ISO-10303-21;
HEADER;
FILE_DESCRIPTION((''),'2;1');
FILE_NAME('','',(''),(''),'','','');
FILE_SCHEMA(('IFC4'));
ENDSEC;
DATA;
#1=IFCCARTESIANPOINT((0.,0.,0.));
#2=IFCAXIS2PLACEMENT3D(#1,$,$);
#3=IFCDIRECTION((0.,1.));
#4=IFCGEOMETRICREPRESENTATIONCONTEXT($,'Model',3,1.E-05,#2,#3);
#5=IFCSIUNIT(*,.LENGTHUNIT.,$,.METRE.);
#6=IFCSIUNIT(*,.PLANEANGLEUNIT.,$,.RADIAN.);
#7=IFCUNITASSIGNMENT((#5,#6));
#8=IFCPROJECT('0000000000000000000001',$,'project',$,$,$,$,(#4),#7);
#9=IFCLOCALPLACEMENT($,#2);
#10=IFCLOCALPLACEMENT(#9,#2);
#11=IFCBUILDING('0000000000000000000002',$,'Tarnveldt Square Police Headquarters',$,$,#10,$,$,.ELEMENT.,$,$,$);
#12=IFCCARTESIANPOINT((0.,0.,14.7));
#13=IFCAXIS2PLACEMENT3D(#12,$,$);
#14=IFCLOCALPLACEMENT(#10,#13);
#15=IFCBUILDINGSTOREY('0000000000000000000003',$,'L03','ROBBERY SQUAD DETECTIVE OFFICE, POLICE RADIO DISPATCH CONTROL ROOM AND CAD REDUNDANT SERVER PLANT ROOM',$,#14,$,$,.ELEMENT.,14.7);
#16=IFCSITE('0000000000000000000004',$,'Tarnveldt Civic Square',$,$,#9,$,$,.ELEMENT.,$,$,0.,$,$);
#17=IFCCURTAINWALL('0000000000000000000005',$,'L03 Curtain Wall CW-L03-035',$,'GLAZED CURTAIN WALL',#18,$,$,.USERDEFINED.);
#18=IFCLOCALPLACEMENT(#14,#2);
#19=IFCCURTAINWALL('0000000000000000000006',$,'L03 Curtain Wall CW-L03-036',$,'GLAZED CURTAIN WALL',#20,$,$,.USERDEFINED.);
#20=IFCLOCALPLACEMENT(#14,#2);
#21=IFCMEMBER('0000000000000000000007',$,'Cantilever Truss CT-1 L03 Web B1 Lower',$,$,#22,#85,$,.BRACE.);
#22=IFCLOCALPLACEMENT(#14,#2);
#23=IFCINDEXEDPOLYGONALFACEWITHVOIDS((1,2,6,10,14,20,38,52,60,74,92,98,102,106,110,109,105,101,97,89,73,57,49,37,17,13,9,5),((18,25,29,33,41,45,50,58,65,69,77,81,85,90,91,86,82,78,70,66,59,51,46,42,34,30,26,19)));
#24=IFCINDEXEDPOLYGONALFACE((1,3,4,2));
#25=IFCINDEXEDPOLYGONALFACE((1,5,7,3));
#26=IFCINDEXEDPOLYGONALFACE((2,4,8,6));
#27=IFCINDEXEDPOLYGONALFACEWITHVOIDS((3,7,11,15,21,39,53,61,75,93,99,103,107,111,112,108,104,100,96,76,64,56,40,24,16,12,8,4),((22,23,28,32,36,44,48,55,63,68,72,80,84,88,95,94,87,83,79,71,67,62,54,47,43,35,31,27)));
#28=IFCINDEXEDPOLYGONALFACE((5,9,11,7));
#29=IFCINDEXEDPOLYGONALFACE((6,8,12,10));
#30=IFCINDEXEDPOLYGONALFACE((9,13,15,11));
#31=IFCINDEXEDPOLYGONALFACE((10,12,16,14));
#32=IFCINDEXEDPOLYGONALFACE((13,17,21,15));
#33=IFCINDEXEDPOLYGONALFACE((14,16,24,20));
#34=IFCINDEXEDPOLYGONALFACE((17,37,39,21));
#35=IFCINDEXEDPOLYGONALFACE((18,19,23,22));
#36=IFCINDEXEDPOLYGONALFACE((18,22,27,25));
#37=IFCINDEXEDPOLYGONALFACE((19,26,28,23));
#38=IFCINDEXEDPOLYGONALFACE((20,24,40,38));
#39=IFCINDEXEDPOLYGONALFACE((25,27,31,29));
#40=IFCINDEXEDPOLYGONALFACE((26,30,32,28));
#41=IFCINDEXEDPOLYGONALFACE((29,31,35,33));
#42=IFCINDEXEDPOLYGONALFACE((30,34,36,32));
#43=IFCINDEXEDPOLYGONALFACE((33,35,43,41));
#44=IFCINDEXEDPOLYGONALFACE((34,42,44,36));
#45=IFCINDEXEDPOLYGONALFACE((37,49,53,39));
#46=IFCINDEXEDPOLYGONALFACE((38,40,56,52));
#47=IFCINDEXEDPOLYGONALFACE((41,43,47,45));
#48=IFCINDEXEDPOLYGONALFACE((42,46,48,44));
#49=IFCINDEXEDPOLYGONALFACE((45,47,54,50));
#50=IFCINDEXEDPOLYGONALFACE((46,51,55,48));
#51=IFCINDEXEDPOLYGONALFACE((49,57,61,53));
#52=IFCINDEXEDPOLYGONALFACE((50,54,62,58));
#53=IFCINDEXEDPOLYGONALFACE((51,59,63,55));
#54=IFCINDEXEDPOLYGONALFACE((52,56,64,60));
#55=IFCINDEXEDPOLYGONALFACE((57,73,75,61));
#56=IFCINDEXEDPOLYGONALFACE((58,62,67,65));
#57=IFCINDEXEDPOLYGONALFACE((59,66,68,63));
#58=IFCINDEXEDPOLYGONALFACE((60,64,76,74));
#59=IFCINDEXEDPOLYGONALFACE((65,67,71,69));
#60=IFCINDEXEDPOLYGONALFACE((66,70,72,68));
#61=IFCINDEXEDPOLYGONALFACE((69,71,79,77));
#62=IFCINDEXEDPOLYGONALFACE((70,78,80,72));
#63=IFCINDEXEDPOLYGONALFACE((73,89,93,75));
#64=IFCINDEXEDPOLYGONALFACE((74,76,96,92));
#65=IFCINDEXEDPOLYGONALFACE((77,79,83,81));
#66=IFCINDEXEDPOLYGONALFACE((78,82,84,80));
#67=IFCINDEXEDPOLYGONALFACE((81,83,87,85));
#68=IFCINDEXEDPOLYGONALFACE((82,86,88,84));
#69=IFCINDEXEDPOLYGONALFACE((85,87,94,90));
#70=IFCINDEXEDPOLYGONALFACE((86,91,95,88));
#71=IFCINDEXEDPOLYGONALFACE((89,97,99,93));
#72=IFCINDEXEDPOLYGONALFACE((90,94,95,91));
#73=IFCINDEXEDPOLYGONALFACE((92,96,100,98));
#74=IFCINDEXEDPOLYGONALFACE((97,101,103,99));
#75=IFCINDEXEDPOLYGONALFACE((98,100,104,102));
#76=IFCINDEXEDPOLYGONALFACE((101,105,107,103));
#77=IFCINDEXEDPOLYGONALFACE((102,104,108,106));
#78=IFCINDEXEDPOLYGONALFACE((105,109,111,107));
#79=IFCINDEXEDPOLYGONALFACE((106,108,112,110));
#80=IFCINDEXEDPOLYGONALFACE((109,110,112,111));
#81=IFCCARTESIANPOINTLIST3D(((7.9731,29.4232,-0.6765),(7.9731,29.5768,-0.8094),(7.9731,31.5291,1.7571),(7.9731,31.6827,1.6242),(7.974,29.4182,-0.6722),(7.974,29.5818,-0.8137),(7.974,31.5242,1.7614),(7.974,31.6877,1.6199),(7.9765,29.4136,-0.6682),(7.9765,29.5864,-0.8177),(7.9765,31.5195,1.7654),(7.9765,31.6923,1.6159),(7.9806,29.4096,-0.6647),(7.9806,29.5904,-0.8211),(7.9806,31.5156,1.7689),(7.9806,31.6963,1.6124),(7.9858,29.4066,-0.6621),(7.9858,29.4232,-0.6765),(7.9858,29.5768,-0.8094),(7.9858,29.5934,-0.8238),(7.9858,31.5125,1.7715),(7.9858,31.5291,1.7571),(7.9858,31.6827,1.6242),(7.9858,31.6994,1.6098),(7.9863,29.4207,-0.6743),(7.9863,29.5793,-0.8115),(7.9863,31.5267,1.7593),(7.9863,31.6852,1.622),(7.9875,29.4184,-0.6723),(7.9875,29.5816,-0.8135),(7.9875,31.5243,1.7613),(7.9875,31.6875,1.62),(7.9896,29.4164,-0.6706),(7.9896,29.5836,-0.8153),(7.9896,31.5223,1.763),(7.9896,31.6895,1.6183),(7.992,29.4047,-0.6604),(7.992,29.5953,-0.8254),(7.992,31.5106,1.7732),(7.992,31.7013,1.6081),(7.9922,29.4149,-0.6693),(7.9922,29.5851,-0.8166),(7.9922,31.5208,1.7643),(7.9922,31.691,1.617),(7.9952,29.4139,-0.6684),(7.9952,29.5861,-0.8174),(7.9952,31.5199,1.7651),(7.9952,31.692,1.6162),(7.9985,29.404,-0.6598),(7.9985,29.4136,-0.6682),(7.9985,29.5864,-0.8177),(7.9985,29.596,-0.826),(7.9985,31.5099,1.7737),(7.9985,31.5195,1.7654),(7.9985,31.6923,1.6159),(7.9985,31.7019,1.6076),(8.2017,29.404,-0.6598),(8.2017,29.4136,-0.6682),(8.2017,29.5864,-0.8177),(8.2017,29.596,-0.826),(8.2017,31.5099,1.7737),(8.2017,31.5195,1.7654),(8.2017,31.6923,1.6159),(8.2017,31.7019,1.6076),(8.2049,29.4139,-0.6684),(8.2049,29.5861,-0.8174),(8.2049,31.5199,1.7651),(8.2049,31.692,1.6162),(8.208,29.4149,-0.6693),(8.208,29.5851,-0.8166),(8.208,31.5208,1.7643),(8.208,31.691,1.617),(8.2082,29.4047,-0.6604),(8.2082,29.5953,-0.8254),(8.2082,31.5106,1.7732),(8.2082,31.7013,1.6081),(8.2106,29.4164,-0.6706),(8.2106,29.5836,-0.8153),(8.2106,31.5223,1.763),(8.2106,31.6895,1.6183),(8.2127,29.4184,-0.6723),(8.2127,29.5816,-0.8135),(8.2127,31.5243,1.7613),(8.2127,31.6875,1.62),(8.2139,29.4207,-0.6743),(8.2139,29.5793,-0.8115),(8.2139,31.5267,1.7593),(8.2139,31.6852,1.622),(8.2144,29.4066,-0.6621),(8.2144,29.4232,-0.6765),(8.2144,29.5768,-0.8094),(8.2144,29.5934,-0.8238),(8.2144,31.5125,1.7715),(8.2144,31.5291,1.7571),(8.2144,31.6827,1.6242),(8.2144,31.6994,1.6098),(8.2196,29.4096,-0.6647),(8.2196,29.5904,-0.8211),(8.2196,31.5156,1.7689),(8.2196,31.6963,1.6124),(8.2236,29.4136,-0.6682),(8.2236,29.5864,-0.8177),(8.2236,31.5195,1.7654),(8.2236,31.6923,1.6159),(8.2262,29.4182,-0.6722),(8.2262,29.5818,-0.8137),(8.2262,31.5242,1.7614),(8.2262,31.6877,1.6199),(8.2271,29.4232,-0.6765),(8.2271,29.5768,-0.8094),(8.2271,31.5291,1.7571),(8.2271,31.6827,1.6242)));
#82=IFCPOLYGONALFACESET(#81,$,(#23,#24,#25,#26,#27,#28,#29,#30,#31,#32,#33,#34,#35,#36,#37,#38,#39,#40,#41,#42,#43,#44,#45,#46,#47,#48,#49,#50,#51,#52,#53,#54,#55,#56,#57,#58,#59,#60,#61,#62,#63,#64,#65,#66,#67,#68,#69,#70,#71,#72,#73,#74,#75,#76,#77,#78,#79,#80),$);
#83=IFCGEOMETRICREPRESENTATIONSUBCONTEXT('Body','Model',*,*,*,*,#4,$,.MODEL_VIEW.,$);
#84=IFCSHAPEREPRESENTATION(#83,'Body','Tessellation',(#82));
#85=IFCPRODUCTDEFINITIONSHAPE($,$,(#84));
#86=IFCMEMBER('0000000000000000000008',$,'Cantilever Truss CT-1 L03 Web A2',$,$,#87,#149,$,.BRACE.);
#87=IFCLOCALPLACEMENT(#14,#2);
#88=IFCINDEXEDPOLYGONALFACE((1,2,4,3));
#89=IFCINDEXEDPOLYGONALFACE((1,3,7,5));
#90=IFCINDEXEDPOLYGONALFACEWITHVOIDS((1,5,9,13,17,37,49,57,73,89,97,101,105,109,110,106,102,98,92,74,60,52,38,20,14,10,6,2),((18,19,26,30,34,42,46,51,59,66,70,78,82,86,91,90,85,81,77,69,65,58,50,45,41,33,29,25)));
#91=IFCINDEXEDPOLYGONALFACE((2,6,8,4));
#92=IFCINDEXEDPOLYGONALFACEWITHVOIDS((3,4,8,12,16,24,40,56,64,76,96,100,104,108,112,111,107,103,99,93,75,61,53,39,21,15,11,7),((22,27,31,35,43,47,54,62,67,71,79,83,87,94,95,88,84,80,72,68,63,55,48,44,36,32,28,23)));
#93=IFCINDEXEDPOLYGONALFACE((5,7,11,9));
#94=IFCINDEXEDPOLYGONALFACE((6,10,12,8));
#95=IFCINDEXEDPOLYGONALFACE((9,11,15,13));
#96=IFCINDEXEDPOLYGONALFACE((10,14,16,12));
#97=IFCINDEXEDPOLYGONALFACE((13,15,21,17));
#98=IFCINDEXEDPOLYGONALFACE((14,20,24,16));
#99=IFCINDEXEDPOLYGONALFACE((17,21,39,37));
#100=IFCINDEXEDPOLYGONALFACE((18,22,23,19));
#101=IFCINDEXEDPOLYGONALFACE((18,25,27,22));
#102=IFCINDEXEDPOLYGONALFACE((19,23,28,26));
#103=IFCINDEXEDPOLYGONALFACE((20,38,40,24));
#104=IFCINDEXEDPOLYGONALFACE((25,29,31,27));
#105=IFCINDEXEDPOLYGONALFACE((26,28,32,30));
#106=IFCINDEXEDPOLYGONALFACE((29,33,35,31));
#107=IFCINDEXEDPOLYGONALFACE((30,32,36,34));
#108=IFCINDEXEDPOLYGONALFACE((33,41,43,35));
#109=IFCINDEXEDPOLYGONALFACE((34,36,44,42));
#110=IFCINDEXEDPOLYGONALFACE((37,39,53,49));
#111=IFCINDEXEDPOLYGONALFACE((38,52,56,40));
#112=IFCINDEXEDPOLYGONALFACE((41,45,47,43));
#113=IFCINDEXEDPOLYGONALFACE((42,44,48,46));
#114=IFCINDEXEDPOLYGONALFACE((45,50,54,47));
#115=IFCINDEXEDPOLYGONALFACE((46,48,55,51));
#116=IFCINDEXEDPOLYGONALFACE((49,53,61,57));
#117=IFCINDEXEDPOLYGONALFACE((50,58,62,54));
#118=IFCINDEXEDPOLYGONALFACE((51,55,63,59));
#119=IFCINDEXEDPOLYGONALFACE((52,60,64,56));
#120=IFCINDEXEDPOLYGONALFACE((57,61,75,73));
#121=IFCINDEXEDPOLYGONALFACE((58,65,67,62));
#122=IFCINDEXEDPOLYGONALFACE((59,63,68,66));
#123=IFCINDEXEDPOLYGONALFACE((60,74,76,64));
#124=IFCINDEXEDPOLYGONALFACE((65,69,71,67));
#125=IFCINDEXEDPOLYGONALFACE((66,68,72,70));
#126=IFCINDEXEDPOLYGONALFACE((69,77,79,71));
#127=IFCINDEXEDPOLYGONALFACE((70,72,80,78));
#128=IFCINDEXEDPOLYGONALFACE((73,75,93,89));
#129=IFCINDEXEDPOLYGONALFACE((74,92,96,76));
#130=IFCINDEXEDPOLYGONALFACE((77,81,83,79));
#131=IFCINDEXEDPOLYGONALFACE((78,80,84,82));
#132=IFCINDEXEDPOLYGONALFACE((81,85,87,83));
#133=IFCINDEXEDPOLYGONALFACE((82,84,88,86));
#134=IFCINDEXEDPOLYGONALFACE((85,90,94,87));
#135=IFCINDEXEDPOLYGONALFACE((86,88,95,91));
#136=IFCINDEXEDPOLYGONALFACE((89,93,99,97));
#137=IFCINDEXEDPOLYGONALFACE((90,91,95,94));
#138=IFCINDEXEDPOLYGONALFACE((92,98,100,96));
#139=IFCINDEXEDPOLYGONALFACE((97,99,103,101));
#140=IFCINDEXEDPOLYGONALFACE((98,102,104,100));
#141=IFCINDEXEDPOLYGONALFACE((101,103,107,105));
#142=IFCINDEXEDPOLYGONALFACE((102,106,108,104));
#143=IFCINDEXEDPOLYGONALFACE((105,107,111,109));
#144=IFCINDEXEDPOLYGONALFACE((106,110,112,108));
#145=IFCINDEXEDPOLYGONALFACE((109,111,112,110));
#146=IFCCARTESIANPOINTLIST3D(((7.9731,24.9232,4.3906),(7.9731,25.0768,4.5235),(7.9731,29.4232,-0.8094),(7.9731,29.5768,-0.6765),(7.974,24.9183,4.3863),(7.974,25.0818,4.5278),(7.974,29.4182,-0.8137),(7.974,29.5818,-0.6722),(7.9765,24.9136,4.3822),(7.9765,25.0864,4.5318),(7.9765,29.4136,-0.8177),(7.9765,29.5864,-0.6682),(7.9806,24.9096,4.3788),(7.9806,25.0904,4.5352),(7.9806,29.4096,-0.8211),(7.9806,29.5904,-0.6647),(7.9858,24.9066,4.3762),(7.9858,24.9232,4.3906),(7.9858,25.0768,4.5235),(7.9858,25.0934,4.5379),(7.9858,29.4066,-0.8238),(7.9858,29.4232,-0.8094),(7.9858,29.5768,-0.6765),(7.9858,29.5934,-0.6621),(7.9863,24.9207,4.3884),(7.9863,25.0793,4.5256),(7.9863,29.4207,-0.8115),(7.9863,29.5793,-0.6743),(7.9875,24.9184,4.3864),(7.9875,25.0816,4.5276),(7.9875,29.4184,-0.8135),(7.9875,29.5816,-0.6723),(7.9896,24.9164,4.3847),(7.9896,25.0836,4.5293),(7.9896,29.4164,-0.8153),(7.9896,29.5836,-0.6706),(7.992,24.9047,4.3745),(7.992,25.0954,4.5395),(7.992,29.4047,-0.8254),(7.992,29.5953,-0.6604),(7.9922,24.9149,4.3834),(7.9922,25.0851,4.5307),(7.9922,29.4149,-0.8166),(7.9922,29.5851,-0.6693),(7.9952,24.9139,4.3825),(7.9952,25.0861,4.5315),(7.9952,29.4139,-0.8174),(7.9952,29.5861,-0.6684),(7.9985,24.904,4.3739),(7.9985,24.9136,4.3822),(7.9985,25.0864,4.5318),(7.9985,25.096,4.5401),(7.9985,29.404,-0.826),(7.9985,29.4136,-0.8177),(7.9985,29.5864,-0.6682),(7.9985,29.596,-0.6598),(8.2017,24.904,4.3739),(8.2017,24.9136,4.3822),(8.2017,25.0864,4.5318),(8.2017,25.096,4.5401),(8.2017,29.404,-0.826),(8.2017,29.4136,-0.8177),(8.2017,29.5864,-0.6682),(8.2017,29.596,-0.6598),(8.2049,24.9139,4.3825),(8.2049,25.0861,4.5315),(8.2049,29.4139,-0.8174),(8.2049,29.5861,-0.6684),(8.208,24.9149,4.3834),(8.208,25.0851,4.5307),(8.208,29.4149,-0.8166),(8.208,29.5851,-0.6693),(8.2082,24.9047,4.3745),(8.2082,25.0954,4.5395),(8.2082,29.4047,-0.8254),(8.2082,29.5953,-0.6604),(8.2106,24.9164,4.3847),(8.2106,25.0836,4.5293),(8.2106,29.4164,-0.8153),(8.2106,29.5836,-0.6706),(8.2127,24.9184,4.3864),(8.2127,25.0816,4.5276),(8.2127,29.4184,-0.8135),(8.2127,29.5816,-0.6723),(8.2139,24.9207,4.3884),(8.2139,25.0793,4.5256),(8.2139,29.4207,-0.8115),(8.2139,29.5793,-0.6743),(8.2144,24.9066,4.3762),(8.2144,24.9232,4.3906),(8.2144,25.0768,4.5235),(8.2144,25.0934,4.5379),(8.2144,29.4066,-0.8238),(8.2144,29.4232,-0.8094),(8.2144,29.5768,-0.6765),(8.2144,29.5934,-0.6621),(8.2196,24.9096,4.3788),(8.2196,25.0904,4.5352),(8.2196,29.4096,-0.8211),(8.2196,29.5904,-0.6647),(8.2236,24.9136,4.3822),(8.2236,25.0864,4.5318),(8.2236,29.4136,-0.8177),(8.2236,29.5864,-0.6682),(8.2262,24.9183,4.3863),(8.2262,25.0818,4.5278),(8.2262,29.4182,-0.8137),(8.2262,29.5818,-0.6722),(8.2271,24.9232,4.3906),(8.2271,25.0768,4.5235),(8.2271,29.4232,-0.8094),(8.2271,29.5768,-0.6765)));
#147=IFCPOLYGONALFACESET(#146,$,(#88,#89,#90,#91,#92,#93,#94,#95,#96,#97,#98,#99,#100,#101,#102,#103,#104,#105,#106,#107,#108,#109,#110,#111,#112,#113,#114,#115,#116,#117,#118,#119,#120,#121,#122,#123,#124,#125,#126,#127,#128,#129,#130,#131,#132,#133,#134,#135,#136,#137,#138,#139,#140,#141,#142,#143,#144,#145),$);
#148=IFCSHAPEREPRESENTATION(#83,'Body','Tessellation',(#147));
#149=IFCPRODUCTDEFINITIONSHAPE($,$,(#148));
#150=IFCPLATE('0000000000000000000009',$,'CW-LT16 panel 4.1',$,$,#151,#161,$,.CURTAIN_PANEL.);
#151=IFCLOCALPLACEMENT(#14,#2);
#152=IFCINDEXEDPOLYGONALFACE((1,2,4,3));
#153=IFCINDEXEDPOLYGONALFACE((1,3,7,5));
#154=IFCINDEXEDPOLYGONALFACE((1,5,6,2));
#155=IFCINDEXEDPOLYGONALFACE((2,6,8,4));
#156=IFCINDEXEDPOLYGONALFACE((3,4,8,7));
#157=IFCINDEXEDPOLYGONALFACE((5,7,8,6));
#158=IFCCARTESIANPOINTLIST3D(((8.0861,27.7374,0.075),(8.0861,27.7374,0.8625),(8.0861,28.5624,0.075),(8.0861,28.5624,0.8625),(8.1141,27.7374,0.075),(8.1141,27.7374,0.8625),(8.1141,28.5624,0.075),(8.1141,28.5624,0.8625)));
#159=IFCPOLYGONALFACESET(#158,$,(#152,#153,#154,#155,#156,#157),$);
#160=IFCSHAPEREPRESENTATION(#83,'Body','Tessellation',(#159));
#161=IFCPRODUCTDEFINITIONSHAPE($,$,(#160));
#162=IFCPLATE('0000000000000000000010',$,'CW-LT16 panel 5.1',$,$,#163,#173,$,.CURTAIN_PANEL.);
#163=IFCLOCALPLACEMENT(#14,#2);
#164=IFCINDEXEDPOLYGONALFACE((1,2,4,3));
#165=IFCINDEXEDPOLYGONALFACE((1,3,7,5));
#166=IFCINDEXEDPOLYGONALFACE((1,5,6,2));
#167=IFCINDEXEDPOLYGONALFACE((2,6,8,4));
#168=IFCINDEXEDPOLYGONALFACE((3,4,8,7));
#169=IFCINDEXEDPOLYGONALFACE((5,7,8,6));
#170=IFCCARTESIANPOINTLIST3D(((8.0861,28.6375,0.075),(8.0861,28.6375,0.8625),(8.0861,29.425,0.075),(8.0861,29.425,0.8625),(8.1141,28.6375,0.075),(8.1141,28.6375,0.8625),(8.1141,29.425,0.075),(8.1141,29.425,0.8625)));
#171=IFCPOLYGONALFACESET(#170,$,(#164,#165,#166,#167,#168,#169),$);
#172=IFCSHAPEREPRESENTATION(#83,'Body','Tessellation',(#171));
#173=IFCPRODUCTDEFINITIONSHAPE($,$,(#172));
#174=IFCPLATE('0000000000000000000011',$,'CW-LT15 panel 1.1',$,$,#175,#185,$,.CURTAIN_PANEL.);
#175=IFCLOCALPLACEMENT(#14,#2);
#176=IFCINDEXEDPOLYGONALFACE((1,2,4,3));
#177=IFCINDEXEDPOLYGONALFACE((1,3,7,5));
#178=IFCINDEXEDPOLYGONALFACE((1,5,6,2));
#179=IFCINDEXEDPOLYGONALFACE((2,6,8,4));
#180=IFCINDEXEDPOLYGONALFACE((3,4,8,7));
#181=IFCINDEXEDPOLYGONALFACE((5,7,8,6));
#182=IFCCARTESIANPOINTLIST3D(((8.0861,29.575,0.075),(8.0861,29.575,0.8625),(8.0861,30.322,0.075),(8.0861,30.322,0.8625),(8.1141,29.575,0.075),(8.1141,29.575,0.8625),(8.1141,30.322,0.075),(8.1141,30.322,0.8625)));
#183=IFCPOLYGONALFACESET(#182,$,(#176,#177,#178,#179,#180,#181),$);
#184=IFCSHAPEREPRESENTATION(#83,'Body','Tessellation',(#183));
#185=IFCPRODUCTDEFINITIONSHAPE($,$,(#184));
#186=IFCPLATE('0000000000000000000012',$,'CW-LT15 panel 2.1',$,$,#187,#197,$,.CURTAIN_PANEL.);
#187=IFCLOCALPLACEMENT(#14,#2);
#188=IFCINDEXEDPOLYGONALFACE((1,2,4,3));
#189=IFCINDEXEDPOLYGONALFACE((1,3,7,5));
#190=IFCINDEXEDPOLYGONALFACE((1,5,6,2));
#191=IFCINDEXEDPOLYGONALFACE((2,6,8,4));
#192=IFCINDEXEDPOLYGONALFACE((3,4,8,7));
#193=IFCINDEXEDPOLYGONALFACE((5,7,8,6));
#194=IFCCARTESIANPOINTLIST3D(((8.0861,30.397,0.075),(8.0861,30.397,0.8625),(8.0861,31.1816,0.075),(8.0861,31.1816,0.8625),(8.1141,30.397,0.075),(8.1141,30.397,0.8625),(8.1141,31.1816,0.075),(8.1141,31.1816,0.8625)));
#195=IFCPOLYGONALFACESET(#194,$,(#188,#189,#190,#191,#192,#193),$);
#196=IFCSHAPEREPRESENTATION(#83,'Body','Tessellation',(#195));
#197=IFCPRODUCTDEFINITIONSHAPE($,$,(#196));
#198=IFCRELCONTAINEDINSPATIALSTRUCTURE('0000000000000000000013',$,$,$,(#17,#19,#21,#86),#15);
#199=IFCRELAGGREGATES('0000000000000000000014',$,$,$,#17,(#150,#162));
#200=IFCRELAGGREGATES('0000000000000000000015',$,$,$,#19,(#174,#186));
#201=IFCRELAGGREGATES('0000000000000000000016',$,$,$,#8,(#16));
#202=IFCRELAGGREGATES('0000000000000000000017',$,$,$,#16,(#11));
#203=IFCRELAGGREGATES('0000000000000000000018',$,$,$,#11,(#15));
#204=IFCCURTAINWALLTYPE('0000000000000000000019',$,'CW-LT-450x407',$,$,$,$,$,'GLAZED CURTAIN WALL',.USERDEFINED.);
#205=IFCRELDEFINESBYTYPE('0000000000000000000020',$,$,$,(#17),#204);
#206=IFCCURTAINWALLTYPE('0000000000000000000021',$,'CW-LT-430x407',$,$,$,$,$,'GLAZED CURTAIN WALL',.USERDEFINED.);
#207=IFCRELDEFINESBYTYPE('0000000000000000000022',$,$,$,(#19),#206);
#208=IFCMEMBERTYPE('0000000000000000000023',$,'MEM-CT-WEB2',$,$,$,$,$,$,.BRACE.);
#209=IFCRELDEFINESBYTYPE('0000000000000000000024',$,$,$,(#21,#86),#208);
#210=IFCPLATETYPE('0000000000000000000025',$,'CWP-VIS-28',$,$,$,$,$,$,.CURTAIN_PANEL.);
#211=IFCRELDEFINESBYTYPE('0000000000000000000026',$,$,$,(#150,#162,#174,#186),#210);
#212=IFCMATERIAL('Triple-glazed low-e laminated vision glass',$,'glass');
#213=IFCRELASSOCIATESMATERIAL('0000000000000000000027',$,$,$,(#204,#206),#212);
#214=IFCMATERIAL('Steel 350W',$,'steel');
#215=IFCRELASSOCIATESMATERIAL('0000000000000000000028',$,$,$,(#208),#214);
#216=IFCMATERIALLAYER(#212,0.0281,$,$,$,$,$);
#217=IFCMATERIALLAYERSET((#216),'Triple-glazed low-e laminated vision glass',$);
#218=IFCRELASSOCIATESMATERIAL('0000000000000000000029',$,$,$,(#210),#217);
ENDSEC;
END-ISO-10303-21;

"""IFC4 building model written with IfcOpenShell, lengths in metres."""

from ifc_helpers import new_model, si_unit, direction, frame, origin, origin_2d, place, context, subcontext, project, spatial, rectangle, hollow_rectangle, extrude, material, layer, layer_set, material_profile, profile_set, type_object, element, aggregate, save


model = new_model("IFC4")

# Units and contexts
model_context = context("Model", 3, precision=1e-05, world=origin(), true_north=direction((0.0, 1.0)))
body_context = subcontext(model_context, "Body", "Model", "MODEL_VIEW")
ifc_project = project(units=[si_unit("LENGTHUNIT", "METRE"), si_unit("PLANEANGLEUNIT", "RADIAN")], contexts=[model_context])

# Site, building, storey
site_placement = place(None, origin())
site = spatial("IfcSite", under=ifc_project, at=site_placement, Name="Tarnveldt Civic Square", CompositionType="ELEMENT", RefElevation=0.0)
building_placement = place(site_placement, origin())
building = spatial("IfcBuilding", under=site, at=building_placement, Name="Tarnveldt Square Police Headquarters", CompositionType="ELEMENT")
storey_placement = place(building_placement, frame((0.0, 0.0, 14.7)))
storey = spatial("IfcBuildingStorey", under=building, at=storey_placement, Name="L03", Description="ROBBERY SQUAD DETECTIVE OFFICE, POLICE RADIO DISPATCH CONTROL ROOM AND CAD REDUNDANT SERVER PLANT ROOM", CompositionType="ELEMENT", Elevation=14.7)

# Shared definitions
ifc_material_1 = material(Name="Steel 350W", Category="steel")

# Curtain walls
ifc_material_2 = material(Name="Triple-glazed low-e laminated vision glass", Category="glass")
curtain_wall_type_1 = type_object("IfcCurtainWallType", Name="CW-LT-450x407", ElementType="GLAZED CURTAIN WALL", PredefinedType="USERDEFINED", material=ifc_material_2)
curtain_wall_1_placement = place(storey_placement, origin())
curtain_wall_1 = element("IfcCurtainWall", 1, at=curtain_wall_1_placement, inside=storey, type_object=curtain_wall_type_1, Name="L03 Curtain Wall CW-L03-035", ObjectType="GLAZED CURTAIN WALL", PredefinedType="USERDEFINED")
curtain_wall_type_2 = type_object("IfcCurtainWallType", Name="CW-LT-430x407", ElementType="GLAZED CURTAIN WALL", PredefinedType="USERDEFINED", material=ifc_material_2)
curtain_wall_2_placement = place(storey_placement, origin())
curtain_wall_2 = element("IfcCurtainWall", 2, at=curtain_wall_2_placement, inside=storey, type_object=curtain_wall_type_2, Name="L03 Curtain Wall CW-L03-036", ObjectType="GLAZED CURTAIN WALL", PredefinedType="USERDEFINED")

# Members
ifc_material_profile_1 = material_profile(ifc_material_1, hollow_rectangle(XDim=0.2539, YDim=0.2539, WallThickness=0.0127, InnerFilletRadius=0.0127, OuterFilletRadius=0.0254, at=origin_2d()), Name="HSS254x254x13")
ifc_profile_set_1 = profile_set([ifc_material_profile_1], Name="Steel 350W")
member_type_1 = type_object("IfcMemberType", Name="MEM-CT-WEB2", PredefinedType="BRACE", material=ifc_profile_set_1)
member_1_placement = place(storey_placement, frame((8.1001, 29.5, -0.7429), z_axis=(0.0, 0.65437, 0.756174), x_axis=(-1.0, 0.0, 0.0)))
element("IfcMember", 3, at=member_1_placement, inside=storey, type_object=member_type_1, Name="Cantilever Truss CT-1 L03 Web B1 Lower", PredefinedType="BRACE", context=body_context, shape_type="SweptSolid", body=[
    extrude(hollow_rectangle(XDim=0.2539, YDim=0.2539, WallThickness=0.0127, InnerFilletRadius=0.0127, OuterFilletRadius=0.0254, at=origin_2d()), origin(), (0.0, 0.0, 1.0), 3.2183),
])
member_2_placement = place(storey_placement, frame((8.1001, 29.5, -0.7429), z_axis=(0.0, -0.65438, 0.756166), x_axis=(1.0, 0.0, 0.0)))
element("IfcMember", 4, at=member_2_placement, inside=storey, type_object=member_type_1, Name="Cantilever Truss CT-1 L03 Web A2", PredefinedType="BRACE", context=body_context, shape_type="SweptSolid", body=[
    extrude(hollow_rectangle(XDim=0.2539, YDim=0.2539, WallThickness=0.0127, InnerFilletRadius=0.0127, OuterFilletRadius=0.0254, at=origin_2d()), origin(), (0.0, 0.0, 1.0), 6.8767),
])

# Plates
ifc_layer = layer(ifc_material_2, 0.0281)
ifc_layer_set = layer_set([ifc_layer], Name="Triple-glazed low-e laminated vision glass")
plate_type = type_object("IfcPlateType", Name="CWP-VIS-28", PredefinedType="CURTAIN_PANEL", material=ifc_layer_set)
plate_1_placement = place(storey_placement, frame((8.1001, 28.1499, 0.075), z_axis=(0.0, 0.0, 1.0), x_axis=(0.0, 1.0, 0.0)))
plate_1 = element("IfcPlate", 5, at=plate_1_placement, type_object=plate_type, Name="CW-LT16 panel 4.1", PredefinedType="CURTAIN_PANEL", context=body_context, shape_type="SweptSolid", body=[
    extrude(rectangle(XDim=0.825, YDim=0.0281, at=origin_2d()), origin(), (0.0, 0.0, 1.0), 0.7876),
])
plate_2_placement = place(storey_placement, frame((8.1001, 29.0312, 0.075), z_axis=(0.0, 0.0, 1.0), x_axis=(0.0, 1.0, 0.0)))
plate_2 = element("IfcPlate", 6, at=plate_2_placement, type_object=plate_type, Name="CW-LT16 panel 5.1", PredefinedType="CURTAIN_PANEL", context=body_context, shape_type="SweptSolid", body=[
    extrude(rectangle(XDim=0.7876, YDim=0.0281, at=origin_2d()), origin(), (0.0, 0.0, 1.0), 0.7876),
])
aggregate(curtain_wall_1, [plate_1, plate_2])
plate_3_placement = place(storey_placement, frame((8.1001, 29.9485, 0.075), z_axis=(0.0, 0.0, 1.0), x_axis=(0.0, 1.0, 0.0)))
plate_3 = element("IfcPlate", 7, at=plate_3_placement, type_object=plate_type, Name="CW-LT15 panel 1.1", PredefinedType="CURTAIN_PANEL", context=body_context, shape_type="SweptSolid", body=[
    extrude(rectangle(XDim=0.7471, YDim=0.0281, at=origin_2d()), origin(), (0.0, 0.0, 1.0), 0.7876),
])
plate_4_placement = place(storey_placement, frame((8.1001, 30.7893, 0.075), z_axis=(0.0, 0.0, 1.0), x_axis=(0.0, 1.0, 0.0)))
plate_4 = element("IfcPlate", 8, at=plate_4_placement, type_object=plate_type, Name="CW-LT15 panel 2.1", PredefinedType="CURTAIN_PANEL", context=body_context, shape_type="SweptSolid", body=[
    extrude(rectangle(XDim=0.7847, YDim=0.0281, at=origin_2d()), origin(), (0.0, 0.0, 1.0), 0.7876),
])
aggregate(curtain_wall_2, [plate_3, plate_4])

save(model, "model.ifc")
